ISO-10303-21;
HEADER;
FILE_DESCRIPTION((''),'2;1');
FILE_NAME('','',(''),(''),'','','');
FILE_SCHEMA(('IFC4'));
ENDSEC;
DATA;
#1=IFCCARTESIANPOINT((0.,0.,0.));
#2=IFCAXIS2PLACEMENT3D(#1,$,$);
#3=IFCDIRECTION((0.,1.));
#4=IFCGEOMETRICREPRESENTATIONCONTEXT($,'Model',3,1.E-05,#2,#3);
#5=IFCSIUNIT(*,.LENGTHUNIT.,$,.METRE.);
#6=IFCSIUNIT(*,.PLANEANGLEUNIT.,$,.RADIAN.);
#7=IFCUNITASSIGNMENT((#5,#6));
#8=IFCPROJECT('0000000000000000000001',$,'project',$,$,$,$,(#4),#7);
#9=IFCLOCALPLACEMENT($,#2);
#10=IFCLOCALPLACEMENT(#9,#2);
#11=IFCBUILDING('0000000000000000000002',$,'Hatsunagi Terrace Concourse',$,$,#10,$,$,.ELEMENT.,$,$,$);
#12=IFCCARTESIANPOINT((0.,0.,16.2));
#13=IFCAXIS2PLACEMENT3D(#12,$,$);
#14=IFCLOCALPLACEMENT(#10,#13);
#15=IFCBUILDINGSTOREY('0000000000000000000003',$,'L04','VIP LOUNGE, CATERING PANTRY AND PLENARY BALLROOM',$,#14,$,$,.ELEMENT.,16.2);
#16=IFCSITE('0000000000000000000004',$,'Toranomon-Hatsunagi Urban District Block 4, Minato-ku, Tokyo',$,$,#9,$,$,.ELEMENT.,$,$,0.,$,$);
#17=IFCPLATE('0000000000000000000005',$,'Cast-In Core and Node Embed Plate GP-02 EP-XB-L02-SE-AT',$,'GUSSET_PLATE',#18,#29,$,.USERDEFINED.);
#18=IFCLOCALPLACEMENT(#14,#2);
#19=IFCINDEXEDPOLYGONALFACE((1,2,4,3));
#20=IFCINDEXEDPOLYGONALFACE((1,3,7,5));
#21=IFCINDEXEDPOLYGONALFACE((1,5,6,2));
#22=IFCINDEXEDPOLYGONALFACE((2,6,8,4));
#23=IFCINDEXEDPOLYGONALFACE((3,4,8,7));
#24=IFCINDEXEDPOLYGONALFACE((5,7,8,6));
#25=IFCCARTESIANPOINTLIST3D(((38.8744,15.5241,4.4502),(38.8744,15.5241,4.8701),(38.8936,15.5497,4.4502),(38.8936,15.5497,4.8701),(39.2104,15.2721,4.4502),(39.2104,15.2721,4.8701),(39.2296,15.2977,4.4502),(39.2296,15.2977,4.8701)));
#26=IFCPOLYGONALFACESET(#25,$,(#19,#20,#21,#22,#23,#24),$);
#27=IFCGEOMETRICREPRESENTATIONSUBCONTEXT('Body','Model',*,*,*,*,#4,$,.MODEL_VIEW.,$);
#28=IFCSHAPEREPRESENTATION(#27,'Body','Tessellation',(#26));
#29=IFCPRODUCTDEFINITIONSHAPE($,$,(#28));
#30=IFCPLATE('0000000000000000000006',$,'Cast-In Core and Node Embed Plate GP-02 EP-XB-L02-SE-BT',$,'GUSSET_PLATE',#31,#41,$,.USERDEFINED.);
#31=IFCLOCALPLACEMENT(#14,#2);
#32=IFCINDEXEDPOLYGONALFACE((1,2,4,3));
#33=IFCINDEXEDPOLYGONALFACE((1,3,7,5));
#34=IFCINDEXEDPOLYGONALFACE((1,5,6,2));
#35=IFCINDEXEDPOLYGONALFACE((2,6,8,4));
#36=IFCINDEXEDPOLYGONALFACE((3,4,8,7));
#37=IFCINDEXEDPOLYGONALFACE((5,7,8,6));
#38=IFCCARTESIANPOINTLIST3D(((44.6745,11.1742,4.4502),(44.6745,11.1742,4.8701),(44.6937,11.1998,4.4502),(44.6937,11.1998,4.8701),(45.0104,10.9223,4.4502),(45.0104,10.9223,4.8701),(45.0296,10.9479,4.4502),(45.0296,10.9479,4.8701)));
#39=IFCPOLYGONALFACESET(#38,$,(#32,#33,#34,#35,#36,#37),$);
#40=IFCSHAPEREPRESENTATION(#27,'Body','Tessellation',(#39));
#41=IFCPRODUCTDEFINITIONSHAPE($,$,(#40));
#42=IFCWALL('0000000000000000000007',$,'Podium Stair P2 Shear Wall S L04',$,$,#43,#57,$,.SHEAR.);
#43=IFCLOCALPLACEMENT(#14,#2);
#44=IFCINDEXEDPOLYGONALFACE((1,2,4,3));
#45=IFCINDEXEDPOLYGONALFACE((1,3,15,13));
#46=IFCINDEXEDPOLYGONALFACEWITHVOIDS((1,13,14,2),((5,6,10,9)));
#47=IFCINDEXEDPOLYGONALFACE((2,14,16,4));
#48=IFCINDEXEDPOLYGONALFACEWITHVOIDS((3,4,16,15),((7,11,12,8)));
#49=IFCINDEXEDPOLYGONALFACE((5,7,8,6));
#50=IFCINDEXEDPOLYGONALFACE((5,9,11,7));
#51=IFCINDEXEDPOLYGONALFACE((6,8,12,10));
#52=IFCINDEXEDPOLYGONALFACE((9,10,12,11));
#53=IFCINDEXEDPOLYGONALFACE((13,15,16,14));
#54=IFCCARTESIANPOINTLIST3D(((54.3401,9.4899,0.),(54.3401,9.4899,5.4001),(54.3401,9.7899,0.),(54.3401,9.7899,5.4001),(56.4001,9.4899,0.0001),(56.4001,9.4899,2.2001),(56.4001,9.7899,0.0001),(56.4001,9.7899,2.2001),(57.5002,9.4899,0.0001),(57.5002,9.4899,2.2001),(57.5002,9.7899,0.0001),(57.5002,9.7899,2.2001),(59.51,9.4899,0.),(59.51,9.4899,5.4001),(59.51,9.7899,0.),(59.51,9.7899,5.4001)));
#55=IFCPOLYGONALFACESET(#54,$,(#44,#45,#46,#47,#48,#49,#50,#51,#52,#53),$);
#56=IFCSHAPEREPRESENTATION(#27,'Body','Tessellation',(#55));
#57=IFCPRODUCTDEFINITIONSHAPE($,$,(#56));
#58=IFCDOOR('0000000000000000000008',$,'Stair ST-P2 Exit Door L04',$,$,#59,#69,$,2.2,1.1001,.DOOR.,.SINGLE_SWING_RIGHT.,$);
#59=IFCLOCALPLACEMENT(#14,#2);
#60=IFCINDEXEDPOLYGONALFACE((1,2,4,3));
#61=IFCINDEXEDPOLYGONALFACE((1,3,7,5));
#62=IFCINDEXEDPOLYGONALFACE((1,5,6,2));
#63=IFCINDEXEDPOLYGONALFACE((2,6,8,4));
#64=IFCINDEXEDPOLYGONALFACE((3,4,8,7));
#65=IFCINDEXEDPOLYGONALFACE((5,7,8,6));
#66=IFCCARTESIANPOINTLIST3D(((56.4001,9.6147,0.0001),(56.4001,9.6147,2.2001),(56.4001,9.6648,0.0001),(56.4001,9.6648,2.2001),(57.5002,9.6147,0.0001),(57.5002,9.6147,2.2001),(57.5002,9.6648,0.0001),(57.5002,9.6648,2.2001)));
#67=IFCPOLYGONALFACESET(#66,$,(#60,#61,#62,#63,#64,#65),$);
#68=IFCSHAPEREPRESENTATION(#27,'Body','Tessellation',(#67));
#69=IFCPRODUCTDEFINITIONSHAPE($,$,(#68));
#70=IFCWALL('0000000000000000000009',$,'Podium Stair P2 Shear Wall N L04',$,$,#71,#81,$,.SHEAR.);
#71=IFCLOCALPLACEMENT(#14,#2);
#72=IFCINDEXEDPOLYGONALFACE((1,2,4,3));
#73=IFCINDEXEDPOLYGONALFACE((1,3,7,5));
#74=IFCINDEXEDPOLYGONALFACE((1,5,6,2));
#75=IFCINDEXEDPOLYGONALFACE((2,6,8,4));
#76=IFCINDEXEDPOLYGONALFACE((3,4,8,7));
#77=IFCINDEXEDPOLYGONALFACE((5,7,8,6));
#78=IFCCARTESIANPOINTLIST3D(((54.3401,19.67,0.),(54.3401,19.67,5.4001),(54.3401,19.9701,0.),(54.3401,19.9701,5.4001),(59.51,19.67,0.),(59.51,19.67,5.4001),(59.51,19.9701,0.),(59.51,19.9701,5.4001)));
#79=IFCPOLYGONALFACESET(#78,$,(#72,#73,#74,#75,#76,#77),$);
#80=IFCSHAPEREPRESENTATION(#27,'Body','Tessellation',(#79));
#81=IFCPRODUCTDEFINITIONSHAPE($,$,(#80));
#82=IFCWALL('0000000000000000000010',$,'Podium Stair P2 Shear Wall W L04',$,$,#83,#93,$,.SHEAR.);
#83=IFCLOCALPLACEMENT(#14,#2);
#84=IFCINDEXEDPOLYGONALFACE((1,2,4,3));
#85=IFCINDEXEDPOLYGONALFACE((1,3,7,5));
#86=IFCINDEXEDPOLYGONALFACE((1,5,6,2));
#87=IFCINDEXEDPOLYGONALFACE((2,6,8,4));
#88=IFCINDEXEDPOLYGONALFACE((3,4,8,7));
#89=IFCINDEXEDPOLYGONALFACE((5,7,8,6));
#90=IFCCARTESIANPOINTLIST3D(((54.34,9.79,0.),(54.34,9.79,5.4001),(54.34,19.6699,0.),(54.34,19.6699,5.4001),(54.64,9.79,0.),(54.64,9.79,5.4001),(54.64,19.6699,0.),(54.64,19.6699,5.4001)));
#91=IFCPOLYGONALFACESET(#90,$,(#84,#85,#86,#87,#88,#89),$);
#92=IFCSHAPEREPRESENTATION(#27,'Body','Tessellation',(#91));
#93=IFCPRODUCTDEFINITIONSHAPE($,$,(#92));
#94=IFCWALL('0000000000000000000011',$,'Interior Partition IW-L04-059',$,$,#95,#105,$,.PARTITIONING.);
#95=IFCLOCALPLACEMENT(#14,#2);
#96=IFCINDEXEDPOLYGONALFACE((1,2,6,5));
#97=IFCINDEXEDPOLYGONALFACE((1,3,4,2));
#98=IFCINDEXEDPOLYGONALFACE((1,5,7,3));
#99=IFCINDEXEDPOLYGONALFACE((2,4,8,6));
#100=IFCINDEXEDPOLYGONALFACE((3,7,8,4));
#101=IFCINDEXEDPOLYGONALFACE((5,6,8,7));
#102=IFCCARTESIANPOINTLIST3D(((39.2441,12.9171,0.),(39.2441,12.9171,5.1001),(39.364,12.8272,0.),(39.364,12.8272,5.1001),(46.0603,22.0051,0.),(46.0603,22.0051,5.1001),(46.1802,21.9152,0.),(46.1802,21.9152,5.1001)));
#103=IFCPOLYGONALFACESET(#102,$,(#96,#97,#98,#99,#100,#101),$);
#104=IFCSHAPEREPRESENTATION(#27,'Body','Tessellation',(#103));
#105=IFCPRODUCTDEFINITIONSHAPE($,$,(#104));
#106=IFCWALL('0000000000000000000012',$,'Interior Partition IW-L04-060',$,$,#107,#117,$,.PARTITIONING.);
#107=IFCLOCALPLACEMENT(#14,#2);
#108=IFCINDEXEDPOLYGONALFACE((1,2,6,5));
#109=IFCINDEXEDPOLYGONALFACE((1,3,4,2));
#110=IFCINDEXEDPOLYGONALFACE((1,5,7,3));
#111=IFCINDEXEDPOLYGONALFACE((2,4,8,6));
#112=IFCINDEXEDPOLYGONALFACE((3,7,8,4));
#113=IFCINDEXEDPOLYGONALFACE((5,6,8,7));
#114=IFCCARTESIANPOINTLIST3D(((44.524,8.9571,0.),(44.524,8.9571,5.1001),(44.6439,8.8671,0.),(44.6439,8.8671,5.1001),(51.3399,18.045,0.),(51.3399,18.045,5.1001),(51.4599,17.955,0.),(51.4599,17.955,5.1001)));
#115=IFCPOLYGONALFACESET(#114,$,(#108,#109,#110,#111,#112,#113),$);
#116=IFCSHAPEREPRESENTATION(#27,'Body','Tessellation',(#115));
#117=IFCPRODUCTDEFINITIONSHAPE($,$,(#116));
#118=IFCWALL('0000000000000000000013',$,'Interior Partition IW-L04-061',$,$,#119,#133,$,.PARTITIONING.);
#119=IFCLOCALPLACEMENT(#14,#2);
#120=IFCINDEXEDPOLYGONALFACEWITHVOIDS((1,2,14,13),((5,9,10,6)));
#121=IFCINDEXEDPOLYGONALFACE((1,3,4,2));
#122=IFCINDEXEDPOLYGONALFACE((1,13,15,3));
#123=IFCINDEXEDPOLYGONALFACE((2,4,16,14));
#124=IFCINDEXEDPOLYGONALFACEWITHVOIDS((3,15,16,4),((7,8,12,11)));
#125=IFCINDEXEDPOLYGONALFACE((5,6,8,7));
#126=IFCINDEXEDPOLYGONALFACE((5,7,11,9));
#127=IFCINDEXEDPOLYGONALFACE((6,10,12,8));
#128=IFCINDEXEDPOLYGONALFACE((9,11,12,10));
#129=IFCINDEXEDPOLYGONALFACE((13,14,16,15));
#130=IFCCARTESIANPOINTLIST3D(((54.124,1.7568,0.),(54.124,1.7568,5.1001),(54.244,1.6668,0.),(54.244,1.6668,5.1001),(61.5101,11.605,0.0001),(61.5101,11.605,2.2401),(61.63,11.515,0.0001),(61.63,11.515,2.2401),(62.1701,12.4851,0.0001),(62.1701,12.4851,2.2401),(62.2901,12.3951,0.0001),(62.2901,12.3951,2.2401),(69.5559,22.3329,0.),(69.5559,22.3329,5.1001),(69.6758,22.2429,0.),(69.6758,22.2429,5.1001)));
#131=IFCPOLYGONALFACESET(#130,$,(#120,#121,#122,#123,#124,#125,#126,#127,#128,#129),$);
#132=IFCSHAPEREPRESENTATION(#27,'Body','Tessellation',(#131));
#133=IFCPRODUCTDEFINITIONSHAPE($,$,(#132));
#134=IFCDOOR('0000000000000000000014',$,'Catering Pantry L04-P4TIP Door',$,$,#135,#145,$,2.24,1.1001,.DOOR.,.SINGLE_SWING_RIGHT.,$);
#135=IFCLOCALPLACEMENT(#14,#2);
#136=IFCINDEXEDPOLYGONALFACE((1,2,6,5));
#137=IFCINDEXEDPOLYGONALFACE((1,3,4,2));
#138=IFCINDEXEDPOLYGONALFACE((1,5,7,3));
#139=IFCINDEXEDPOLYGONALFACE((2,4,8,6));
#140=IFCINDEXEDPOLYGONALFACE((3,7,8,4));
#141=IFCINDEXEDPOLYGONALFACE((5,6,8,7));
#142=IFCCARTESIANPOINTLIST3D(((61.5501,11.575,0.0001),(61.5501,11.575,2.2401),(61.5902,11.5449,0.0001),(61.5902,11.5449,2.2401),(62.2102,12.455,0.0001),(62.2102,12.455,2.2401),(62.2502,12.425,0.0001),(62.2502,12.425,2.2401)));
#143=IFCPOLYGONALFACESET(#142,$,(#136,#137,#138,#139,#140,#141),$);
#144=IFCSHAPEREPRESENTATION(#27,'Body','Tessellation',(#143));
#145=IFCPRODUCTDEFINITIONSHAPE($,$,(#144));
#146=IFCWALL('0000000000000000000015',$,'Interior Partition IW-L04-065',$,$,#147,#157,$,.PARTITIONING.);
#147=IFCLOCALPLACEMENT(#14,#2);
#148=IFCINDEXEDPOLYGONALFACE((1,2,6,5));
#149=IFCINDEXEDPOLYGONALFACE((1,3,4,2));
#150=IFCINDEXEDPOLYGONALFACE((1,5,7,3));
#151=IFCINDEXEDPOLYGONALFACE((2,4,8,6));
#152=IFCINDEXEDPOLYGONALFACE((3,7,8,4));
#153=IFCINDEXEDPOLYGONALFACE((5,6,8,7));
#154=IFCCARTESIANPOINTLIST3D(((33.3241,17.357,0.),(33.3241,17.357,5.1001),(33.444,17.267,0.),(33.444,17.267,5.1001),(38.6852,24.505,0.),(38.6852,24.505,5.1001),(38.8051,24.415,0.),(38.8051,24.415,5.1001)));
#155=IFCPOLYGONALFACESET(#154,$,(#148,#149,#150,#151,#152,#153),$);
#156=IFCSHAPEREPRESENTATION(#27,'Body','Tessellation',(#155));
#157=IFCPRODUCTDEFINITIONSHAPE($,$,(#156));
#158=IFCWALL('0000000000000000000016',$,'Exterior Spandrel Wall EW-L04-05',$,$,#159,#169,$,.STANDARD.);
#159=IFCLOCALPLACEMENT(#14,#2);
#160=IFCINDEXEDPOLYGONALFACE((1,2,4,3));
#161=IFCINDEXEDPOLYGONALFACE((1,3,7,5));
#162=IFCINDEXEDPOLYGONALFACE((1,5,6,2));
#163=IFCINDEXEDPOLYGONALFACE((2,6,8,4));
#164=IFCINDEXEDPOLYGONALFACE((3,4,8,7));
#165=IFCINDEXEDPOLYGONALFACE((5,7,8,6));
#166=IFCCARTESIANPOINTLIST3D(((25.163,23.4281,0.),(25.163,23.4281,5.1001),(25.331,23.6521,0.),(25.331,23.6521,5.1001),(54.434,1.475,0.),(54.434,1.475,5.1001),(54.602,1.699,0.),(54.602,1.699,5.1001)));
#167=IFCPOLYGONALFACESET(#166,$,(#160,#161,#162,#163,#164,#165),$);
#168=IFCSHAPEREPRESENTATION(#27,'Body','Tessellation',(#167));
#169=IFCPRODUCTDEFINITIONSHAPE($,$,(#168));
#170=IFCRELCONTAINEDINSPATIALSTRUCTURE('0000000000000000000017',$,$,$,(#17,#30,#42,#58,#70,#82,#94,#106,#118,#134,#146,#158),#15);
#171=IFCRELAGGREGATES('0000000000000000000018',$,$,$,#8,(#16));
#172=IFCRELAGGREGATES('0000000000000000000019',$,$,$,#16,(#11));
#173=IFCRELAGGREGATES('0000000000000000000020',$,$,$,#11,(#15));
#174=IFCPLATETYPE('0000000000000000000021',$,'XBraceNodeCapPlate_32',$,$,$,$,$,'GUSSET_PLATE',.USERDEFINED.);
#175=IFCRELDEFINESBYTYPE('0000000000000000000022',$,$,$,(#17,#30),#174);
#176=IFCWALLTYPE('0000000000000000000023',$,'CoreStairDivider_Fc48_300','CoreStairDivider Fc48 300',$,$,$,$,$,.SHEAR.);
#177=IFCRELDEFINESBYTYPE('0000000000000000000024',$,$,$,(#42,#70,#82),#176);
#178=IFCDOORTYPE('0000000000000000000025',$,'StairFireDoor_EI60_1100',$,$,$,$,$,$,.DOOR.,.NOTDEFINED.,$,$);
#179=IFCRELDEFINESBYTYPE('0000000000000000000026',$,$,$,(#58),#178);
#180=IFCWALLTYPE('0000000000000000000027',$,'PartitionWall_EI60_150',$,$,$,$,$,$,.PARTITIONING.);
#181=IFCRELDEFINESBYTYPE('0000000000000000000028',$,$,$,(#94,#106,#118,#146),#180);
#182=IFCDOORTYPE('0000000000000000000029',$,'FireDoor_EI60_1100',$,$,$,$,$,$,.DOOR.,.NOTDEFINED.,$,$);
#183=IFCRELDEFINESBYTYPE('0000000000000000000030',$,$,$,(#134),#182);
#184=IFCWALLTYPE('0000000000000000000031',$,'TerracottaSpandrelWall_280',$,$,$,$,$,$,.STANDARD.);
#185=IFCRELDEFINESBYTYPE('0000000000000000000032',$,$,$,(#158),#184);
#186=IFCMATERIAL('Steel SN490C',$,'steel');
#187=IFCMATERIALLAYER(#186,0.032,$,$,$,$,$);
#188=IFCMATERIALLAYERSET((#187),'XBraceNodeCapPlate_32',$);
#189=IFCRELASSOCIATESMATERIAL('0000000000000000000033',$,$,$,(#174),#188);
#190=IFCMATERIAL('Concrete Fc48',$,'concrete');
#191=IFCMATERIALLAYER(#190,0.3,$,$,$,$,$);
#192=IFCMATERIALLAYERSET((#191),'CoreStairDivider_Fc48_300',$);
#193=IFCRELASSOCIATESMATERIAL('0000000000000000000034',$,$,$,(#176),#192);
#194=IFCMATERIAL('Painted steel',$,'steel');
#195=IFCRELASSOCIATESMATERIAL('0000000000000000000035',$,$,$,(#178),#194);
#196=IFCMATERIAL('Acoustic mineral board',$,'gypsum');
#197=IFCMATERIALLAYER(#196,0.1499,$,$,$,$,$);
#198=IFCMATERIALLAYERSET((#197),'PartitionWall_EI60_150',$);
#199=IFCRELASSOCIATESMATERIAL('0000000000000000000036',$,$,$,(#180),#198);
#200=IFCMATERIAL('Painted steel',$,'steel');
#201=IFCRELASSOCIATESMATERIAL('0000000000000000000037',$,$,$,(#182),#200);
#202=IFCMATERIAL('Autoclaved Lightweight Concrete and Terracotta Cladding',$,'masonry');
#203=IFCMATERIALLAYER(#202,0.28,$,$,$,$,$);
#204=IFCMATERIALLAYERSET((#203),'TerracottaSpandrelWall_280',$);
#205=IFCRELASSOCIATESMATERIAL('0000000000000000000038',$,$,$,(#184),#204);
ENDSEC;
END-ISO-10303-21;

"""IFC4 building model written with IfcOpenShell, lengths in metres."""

from ifc_helpers import new_model, si_unit, direction, frame, frame_2d, origin, origin_2d, place, context, subcontext, project, spatial, rectangle, extrude, material, layer, layer_set, type_object, element, fill, save


model = new_model("IFC4")

# Units and contexts
model_context = context("Model", 3, precision=1e-05, world=origin(), true_north=direction((0.0, 1.0)))
body_context = subcontext(model_context, "Body", "Model", "MODEL_VIEW")
ifc_project = project(units=[si_unit("LENGTHUNIT", "METRE"), si_unit("PLANEANGLEUNIT", "RADIAN")], contexts=[model_context])

# Site, building, storey
site_placement = place(None, origin())
site = spatial("IfcSite", under=ifc_project, at=site_placement, Name="Toranomon-Hatsunagi Urban District Block 4, Minato-ku, Tokyo", CompositionType="ELEMENT", RefElevation=0.0)
building_placement = place(site_placement, origin())
building = spatial("IfcBuilding", under=site, at=building_placement, Name="Hatsunagi Terrace Concourse", CompositionType="ELEMENT")
storey_placement = place(building_placement, frame((0.0, 0.0, 16.2)))
storey = spatial("IfcBuildingStorey", under=building, at=storey_placement, Name="L04", Description="VIP LOUNGE, CATERING PANTRY AND PLENARY BALLROOM", CompositionType="ELEMENT", Elevation=16.2)

# Plates
ifc_material_1 = material(Name="Steel SN490C", Category="steel")
ifc_layer_1 = layer(ifc_material_1, 0.032)
ifc_layer_set_1 = layer_set([ifc_layer_1], Name="XBraceNodeCapPlate_32")
plate_type = type_object("IfcPlateType", Name="XBraceNodeCapPlate_32", ElementType="GUSSET_PLATE", PredefinedType="USERDEFINED", material=ifc_layer_set_1)
for number, where, z_axis, x_axis, name in (
    (1, (39.052, 15.4109, 4.4502), (0.0, 0.0, 1.0), (0.8, -0.6, 0.0), "Cast-In Core and Node Embed Plate GP-02 EP-XB-L02-SE-AT"),
    (2, (44.8521, 11.061, 4.4502), (0.0, 0.0, 1.0), (0.8, -0.6, 0.0), "Cast-In Core and Node Embed Plate GP-02 EP-XB-L02-SE-BT"),
):
    element("IfcPlate", number, at=place(storey_placement, frame(where, z_axis=z_axis, x_axis=x_axis)), inside=storey, type_object=plate_type, Name=name, ObjectType="GUSSET_PLATE", PredefinedType="USERDEFINED", context=body_context, shape_type="SweptSolid", body=[
        extrude(rectangle(XDim=0.4199, YDim=0.032, at=origin_2d()), origin(), (0.0, 0.0, 1.0), 0.4199),
    ])

# Wall, opening, door
ifc_material_2 = material(Name="Concrete Fc48", Category="concrete")
ifc_layer_2 = layer(ifc_material_2, 0.3)
ifc_layer_set_2 = layer_set([ifc_layer_2], Name="CoreStairDivider_Fc48_300")
wall_type_1 = type_object("IfcWallType", Name="CoreStairDivider_Fc48_300", Description="CoreStairDivider Fc48 300", PredefinedType="SHEAR", material=ifc_layer_set_2)
wall_1_placement = place(storey_placement, frame((54.3401, 9.6399, 0.0), z_axis=(0.0, 0.0, 1.0), x_axis=(1.0, 0.0, 0.0)))
wall_1 = element("IfcWall", 3, at=wall_1_placement, inside=storey, type_object=wall_type_1, Name="Podium Stair P2 Shear Wall S L04", PredefinedType="SHEAR", context=body_context, shape_type="SweptSolid", body=[
    extrude(rectangle(XDim=5.1699, YDim=0.3, at=frame_2d((2.585, 0.0))), origin(), (0.0, 0.0, 1.0), 5.4001),
])
opening_1_placement = place(wall_1_placement, frame((2.0601, 0.0, 0.0)))
opening_1 = element("IfcOpeningElement", 4, at=opening_1_placement, cuts=wall_1, PredefinedType="OPENING", context=body_context, shape_type="SweptSolid", body=[
    extrude(rectangle(XDim=1.1001, YDim=2.2, at=frame_2d((0.55, 1.1001))), frame((0.0, 0.1599, 0.0), z_axis=(0.0, -1.0, 0.0), x_axis=(1.0, 0.0, 0.0)), (0.0, 0.0, 1.0), 0.3201),
])
ifc_material_3 = material(Name="Painted steel", Category="steel")
door_type_1 = type_object("IfcDoorType", Name="StairFireDoor_EI60_1100", OperationType="NOTDEFINED", PredefinedType="DOOR", material=ifc_material_3)
door_1_placement = place(opening_1_placement, origin())
door_1 = element("IfcDoor", 5, at=door_1_placement, inside=storey, type_object=door_type_1, Name="Stair ST-P2 Exit Door L04", OperationType="SINGLE_SWING_RIGHT", OverallHeight=2.2, OverallWidth=1.1001, PredefinedType="DOOR", context=body_context, shape_type="SweptSolid", body=[
    extrude(rectangle(XDim=1.1001, YDim=2.2, at=frame_2d((0.55, 1.1001))), frame((0.0, 0.0249, 0.0), z_axis=(0.0, -1.0, 0.0), x_axis=(1.0, 0.0, 0.0)), (0.0, 0.0, 1.0), 0.05),
])
fill(opening_1, door_1)

# Walls
wall_2_placement = place(storey_placement, frame((54.3401, 19.8201, 0.0), z_axis=(0.0, 0.0, 1.0), x_axis=(1.0, 0.0, 0.0)))
element("IfcWall", 6, at=wall_2_placement, inside=storey, type_object=wall_type_1, Name="Podium Stair P2 Shear Wall N L04", PredefinedType="SHEAR", context=body_context, shape_type="SweptSolid", body=[
    extrude(rectangle(XDim=5.1699, YDim=0.3, at=frame_2d((2.585, 0.0))), origin(), (0.0, 0.0, 1.0), 5.4001),
])
wall_3_placement = place(storey_placement, frame((54.49, 9.79, 0.0), z_axis=(0.0, 0.0, 1.0), x_axis=(0.0, 1.0, 0.0)))
element("IfcWall", 7, at=wall_3_placement, inside=storey, type_object=wall_type_1, Name="Podium Stair P2 Shear Wall W L04", PredefinedType="SHEAR", context=body_context, shape_type="SweptSolid", body=[
    extrude(rectangle(XDim=9.8799, YDim=0.3, at=frame_2d((4.9399, 0.0))), origin(), (0.0, 0.0, 1.0), 5.4001),
])
ifc_material_4 = material(Name="Acoustic mineral board", Category="gypsum")
ifc_layer_3 = layer(ifc_material_4, 0.1499)
ifc_layer_set_3 = layer_set([ifc_layer_3], Name="PartitionWall_EI60_150")
wall_type_2 = type_object("IfcWallType", Name="PartitionWall_EI60_150", PredefinedType="PARTITIONING", material=ifc_layer_set_3)
wall_4_placement = place(storey_placement, frame((39.304, 12.8721, 0.0), z_axis=(0.0, 0.0, 1.0), x_axis=(0.600014, 0.79999, 0.0)))
element("IfcWall", 8, at=wall_4_placement, inside=storey, type_object=wall_type_2, Name="Interior Partition IW-L04-059", PredefinedType="PARTITIONING", context=body_context, shape_type="SweptSolid", body=[
    extrude(rectangle(XDim=11.3601, YDim=0.1499, at=frame_2d((5.6802, 0.0))), origin(), (0.0, 0.0, 1.0), 5.1001),
])
wall_5_placement = place(storey_placement, frame((44.584, 8.9121, 0.0), z_axis=(0.0, 0.0, 1.0), x_axis=(0.6, 0.8, 0.0)))
element("IfcWall", 9, at=wall_5_placement, inside=storey, type_object=wall_type_2, Name="Interior Partition IW-L04-060", PredefinedType="PARTITIONING", context=body_context, shape_type="SweptSolid", body=[
    extrude(rectangle(XDim=11.3599, YDim=0.1499, at=frame_2d((5.6799, 0.0))), origin(), (0.0, 0.0, 1.0), 5.1001),
])

# Wall, opening, door
wall_6_placement = place(storey_placement, frame((54.1841, 1.7119, 0.0), z_axis=(0.0, 0.0, 1.0), x_axis=(0.599994, 0.800005, 0.0)))
wall_6 = element("IfcWall", 10, at=wall_6_placement, inside=storey, type_object=wall_type_2, Name="Interior Partition IW-L04-061", PredefinedType="PARTITIONING", context=body_context, shape_type="SweptSolid", body=[
    extrude(rectangle(XDim=25.72, YDim=0.1499, at=frame_2d((12.8599, 0.0))), origin(), (0.0, 0.0, 1.0), 5.1001),
])
opening_2_placement = place(wall_6_placement, frame((12.3101, 0.0, 0.0)))
opening_2 = element("IfcOpeningElement", 11, at=opening_2_placement, cuts=wall_6, PredefinedType="OPENING", context=body_context, shape_type="SweptSolid", body=[
    extrude(rectangle(XDim=1.1001, YDim=2.24, at=frame_2d((0.55, 1.1201))), frame((0.0, 0.085, 0.0), z_axis=(0.0, -1.0, 0.0), x_axis=(1.0, 0.0, 0.0)), (0.0, 0.0, 1.0), 0.1699),
])
ifc_material_5 = material(Name="Painted steel", Category="steel")
door_type_2 = type_object("IfcDoorType", Name="FireDoor_EI60_1100", OperationType="NOTDEFINED", PredefinedType="DOOR", material=ifc_material_5)
door_2_placement = place(opening_2_placement, origin())
door_2 = element("IfcDoor", 12, at=door_2_placement, inside=storey, type_object=door_type_2, Name="Catering Pantry L04-P4TIP Door", OperationType="SINGLE_SWING_RIGHT", OverallHeight=2.24, OverallWidth=1.1001, PredefinedType="DOOR", context=body_context, shape_type="SweptSolid", body=[
    extrude(rectangle(XDim=1.1001, YDim=2.24, at=frame_2d((0.55, 1.1201))), frame((0.0, 0.0249, 0.0), z_axis=(0.0, -1.0, 0.0), x_axis=(1.0, 0.0, 0.0)), (0.0, 0.0, 1.0), 0.05),
])
fill(opening_2, door_2)

# Walls
wall_7_placement = place(storey_placement, frame((33.384, 17.312, 0.0), z_axis=(0.0, 0.0, 1.0), x_axis=(0.600009, 0.799993, 0.0)))
element("IfcWall", 13, at=wall_7_placement, inside=storey, type_object=wall_type_2, Name="Interior Partition IW-L04-065", PredefinedType="PARTITIONING", context=body_context, shape_type="SweptSolid", body=[
    extrude(rectangle(XDim=8.9351, YDim=0.1499, at=frame_2d((4.4675, 0.0))), origin(), (0.0, 0.0, 1.0), 5.1001),
])
ifc_material_6 = material(Name="Autoclaved Lightweight Concrete and Terracotta Cladding", Category="masonry")
ifc_layer_4 = layer(ifc_material_6, 0.28)
ifc_layer_set_4 = layer_set([ifc_layer_4], Name="TerracottaSpandrelWall_280")
wall_type_3 = type_object("IfcWallType", Name="TerracottaSpandrelWall_280", PredefinedType="STANDARD", material=ifc_layer_set_4)
wall_8_placement = place(storey_placement, frame((54.5181, 1.5869, 0.0), z_axis=(0.0, 0.0, 1.0), x_axis=(-0.800002, 0.599998, 0.0)))
element("IfcWall", 14, at=wall_8_placement, inside=storey, type_object=wall_type_3, Name="Exterior Spandrel Wall EW-L04-05", PredefinedType="STANDARD", context=body_context, shape_type="SweptSolid", body=[
    extrude(rectangle(XDim=36.5886, YDim=0.28, at=frame_2d((18.2944, 0.0))), origin(), (0.0, 0.0, 1.0), 5.1001),
])

save(model, "model.ifc")
